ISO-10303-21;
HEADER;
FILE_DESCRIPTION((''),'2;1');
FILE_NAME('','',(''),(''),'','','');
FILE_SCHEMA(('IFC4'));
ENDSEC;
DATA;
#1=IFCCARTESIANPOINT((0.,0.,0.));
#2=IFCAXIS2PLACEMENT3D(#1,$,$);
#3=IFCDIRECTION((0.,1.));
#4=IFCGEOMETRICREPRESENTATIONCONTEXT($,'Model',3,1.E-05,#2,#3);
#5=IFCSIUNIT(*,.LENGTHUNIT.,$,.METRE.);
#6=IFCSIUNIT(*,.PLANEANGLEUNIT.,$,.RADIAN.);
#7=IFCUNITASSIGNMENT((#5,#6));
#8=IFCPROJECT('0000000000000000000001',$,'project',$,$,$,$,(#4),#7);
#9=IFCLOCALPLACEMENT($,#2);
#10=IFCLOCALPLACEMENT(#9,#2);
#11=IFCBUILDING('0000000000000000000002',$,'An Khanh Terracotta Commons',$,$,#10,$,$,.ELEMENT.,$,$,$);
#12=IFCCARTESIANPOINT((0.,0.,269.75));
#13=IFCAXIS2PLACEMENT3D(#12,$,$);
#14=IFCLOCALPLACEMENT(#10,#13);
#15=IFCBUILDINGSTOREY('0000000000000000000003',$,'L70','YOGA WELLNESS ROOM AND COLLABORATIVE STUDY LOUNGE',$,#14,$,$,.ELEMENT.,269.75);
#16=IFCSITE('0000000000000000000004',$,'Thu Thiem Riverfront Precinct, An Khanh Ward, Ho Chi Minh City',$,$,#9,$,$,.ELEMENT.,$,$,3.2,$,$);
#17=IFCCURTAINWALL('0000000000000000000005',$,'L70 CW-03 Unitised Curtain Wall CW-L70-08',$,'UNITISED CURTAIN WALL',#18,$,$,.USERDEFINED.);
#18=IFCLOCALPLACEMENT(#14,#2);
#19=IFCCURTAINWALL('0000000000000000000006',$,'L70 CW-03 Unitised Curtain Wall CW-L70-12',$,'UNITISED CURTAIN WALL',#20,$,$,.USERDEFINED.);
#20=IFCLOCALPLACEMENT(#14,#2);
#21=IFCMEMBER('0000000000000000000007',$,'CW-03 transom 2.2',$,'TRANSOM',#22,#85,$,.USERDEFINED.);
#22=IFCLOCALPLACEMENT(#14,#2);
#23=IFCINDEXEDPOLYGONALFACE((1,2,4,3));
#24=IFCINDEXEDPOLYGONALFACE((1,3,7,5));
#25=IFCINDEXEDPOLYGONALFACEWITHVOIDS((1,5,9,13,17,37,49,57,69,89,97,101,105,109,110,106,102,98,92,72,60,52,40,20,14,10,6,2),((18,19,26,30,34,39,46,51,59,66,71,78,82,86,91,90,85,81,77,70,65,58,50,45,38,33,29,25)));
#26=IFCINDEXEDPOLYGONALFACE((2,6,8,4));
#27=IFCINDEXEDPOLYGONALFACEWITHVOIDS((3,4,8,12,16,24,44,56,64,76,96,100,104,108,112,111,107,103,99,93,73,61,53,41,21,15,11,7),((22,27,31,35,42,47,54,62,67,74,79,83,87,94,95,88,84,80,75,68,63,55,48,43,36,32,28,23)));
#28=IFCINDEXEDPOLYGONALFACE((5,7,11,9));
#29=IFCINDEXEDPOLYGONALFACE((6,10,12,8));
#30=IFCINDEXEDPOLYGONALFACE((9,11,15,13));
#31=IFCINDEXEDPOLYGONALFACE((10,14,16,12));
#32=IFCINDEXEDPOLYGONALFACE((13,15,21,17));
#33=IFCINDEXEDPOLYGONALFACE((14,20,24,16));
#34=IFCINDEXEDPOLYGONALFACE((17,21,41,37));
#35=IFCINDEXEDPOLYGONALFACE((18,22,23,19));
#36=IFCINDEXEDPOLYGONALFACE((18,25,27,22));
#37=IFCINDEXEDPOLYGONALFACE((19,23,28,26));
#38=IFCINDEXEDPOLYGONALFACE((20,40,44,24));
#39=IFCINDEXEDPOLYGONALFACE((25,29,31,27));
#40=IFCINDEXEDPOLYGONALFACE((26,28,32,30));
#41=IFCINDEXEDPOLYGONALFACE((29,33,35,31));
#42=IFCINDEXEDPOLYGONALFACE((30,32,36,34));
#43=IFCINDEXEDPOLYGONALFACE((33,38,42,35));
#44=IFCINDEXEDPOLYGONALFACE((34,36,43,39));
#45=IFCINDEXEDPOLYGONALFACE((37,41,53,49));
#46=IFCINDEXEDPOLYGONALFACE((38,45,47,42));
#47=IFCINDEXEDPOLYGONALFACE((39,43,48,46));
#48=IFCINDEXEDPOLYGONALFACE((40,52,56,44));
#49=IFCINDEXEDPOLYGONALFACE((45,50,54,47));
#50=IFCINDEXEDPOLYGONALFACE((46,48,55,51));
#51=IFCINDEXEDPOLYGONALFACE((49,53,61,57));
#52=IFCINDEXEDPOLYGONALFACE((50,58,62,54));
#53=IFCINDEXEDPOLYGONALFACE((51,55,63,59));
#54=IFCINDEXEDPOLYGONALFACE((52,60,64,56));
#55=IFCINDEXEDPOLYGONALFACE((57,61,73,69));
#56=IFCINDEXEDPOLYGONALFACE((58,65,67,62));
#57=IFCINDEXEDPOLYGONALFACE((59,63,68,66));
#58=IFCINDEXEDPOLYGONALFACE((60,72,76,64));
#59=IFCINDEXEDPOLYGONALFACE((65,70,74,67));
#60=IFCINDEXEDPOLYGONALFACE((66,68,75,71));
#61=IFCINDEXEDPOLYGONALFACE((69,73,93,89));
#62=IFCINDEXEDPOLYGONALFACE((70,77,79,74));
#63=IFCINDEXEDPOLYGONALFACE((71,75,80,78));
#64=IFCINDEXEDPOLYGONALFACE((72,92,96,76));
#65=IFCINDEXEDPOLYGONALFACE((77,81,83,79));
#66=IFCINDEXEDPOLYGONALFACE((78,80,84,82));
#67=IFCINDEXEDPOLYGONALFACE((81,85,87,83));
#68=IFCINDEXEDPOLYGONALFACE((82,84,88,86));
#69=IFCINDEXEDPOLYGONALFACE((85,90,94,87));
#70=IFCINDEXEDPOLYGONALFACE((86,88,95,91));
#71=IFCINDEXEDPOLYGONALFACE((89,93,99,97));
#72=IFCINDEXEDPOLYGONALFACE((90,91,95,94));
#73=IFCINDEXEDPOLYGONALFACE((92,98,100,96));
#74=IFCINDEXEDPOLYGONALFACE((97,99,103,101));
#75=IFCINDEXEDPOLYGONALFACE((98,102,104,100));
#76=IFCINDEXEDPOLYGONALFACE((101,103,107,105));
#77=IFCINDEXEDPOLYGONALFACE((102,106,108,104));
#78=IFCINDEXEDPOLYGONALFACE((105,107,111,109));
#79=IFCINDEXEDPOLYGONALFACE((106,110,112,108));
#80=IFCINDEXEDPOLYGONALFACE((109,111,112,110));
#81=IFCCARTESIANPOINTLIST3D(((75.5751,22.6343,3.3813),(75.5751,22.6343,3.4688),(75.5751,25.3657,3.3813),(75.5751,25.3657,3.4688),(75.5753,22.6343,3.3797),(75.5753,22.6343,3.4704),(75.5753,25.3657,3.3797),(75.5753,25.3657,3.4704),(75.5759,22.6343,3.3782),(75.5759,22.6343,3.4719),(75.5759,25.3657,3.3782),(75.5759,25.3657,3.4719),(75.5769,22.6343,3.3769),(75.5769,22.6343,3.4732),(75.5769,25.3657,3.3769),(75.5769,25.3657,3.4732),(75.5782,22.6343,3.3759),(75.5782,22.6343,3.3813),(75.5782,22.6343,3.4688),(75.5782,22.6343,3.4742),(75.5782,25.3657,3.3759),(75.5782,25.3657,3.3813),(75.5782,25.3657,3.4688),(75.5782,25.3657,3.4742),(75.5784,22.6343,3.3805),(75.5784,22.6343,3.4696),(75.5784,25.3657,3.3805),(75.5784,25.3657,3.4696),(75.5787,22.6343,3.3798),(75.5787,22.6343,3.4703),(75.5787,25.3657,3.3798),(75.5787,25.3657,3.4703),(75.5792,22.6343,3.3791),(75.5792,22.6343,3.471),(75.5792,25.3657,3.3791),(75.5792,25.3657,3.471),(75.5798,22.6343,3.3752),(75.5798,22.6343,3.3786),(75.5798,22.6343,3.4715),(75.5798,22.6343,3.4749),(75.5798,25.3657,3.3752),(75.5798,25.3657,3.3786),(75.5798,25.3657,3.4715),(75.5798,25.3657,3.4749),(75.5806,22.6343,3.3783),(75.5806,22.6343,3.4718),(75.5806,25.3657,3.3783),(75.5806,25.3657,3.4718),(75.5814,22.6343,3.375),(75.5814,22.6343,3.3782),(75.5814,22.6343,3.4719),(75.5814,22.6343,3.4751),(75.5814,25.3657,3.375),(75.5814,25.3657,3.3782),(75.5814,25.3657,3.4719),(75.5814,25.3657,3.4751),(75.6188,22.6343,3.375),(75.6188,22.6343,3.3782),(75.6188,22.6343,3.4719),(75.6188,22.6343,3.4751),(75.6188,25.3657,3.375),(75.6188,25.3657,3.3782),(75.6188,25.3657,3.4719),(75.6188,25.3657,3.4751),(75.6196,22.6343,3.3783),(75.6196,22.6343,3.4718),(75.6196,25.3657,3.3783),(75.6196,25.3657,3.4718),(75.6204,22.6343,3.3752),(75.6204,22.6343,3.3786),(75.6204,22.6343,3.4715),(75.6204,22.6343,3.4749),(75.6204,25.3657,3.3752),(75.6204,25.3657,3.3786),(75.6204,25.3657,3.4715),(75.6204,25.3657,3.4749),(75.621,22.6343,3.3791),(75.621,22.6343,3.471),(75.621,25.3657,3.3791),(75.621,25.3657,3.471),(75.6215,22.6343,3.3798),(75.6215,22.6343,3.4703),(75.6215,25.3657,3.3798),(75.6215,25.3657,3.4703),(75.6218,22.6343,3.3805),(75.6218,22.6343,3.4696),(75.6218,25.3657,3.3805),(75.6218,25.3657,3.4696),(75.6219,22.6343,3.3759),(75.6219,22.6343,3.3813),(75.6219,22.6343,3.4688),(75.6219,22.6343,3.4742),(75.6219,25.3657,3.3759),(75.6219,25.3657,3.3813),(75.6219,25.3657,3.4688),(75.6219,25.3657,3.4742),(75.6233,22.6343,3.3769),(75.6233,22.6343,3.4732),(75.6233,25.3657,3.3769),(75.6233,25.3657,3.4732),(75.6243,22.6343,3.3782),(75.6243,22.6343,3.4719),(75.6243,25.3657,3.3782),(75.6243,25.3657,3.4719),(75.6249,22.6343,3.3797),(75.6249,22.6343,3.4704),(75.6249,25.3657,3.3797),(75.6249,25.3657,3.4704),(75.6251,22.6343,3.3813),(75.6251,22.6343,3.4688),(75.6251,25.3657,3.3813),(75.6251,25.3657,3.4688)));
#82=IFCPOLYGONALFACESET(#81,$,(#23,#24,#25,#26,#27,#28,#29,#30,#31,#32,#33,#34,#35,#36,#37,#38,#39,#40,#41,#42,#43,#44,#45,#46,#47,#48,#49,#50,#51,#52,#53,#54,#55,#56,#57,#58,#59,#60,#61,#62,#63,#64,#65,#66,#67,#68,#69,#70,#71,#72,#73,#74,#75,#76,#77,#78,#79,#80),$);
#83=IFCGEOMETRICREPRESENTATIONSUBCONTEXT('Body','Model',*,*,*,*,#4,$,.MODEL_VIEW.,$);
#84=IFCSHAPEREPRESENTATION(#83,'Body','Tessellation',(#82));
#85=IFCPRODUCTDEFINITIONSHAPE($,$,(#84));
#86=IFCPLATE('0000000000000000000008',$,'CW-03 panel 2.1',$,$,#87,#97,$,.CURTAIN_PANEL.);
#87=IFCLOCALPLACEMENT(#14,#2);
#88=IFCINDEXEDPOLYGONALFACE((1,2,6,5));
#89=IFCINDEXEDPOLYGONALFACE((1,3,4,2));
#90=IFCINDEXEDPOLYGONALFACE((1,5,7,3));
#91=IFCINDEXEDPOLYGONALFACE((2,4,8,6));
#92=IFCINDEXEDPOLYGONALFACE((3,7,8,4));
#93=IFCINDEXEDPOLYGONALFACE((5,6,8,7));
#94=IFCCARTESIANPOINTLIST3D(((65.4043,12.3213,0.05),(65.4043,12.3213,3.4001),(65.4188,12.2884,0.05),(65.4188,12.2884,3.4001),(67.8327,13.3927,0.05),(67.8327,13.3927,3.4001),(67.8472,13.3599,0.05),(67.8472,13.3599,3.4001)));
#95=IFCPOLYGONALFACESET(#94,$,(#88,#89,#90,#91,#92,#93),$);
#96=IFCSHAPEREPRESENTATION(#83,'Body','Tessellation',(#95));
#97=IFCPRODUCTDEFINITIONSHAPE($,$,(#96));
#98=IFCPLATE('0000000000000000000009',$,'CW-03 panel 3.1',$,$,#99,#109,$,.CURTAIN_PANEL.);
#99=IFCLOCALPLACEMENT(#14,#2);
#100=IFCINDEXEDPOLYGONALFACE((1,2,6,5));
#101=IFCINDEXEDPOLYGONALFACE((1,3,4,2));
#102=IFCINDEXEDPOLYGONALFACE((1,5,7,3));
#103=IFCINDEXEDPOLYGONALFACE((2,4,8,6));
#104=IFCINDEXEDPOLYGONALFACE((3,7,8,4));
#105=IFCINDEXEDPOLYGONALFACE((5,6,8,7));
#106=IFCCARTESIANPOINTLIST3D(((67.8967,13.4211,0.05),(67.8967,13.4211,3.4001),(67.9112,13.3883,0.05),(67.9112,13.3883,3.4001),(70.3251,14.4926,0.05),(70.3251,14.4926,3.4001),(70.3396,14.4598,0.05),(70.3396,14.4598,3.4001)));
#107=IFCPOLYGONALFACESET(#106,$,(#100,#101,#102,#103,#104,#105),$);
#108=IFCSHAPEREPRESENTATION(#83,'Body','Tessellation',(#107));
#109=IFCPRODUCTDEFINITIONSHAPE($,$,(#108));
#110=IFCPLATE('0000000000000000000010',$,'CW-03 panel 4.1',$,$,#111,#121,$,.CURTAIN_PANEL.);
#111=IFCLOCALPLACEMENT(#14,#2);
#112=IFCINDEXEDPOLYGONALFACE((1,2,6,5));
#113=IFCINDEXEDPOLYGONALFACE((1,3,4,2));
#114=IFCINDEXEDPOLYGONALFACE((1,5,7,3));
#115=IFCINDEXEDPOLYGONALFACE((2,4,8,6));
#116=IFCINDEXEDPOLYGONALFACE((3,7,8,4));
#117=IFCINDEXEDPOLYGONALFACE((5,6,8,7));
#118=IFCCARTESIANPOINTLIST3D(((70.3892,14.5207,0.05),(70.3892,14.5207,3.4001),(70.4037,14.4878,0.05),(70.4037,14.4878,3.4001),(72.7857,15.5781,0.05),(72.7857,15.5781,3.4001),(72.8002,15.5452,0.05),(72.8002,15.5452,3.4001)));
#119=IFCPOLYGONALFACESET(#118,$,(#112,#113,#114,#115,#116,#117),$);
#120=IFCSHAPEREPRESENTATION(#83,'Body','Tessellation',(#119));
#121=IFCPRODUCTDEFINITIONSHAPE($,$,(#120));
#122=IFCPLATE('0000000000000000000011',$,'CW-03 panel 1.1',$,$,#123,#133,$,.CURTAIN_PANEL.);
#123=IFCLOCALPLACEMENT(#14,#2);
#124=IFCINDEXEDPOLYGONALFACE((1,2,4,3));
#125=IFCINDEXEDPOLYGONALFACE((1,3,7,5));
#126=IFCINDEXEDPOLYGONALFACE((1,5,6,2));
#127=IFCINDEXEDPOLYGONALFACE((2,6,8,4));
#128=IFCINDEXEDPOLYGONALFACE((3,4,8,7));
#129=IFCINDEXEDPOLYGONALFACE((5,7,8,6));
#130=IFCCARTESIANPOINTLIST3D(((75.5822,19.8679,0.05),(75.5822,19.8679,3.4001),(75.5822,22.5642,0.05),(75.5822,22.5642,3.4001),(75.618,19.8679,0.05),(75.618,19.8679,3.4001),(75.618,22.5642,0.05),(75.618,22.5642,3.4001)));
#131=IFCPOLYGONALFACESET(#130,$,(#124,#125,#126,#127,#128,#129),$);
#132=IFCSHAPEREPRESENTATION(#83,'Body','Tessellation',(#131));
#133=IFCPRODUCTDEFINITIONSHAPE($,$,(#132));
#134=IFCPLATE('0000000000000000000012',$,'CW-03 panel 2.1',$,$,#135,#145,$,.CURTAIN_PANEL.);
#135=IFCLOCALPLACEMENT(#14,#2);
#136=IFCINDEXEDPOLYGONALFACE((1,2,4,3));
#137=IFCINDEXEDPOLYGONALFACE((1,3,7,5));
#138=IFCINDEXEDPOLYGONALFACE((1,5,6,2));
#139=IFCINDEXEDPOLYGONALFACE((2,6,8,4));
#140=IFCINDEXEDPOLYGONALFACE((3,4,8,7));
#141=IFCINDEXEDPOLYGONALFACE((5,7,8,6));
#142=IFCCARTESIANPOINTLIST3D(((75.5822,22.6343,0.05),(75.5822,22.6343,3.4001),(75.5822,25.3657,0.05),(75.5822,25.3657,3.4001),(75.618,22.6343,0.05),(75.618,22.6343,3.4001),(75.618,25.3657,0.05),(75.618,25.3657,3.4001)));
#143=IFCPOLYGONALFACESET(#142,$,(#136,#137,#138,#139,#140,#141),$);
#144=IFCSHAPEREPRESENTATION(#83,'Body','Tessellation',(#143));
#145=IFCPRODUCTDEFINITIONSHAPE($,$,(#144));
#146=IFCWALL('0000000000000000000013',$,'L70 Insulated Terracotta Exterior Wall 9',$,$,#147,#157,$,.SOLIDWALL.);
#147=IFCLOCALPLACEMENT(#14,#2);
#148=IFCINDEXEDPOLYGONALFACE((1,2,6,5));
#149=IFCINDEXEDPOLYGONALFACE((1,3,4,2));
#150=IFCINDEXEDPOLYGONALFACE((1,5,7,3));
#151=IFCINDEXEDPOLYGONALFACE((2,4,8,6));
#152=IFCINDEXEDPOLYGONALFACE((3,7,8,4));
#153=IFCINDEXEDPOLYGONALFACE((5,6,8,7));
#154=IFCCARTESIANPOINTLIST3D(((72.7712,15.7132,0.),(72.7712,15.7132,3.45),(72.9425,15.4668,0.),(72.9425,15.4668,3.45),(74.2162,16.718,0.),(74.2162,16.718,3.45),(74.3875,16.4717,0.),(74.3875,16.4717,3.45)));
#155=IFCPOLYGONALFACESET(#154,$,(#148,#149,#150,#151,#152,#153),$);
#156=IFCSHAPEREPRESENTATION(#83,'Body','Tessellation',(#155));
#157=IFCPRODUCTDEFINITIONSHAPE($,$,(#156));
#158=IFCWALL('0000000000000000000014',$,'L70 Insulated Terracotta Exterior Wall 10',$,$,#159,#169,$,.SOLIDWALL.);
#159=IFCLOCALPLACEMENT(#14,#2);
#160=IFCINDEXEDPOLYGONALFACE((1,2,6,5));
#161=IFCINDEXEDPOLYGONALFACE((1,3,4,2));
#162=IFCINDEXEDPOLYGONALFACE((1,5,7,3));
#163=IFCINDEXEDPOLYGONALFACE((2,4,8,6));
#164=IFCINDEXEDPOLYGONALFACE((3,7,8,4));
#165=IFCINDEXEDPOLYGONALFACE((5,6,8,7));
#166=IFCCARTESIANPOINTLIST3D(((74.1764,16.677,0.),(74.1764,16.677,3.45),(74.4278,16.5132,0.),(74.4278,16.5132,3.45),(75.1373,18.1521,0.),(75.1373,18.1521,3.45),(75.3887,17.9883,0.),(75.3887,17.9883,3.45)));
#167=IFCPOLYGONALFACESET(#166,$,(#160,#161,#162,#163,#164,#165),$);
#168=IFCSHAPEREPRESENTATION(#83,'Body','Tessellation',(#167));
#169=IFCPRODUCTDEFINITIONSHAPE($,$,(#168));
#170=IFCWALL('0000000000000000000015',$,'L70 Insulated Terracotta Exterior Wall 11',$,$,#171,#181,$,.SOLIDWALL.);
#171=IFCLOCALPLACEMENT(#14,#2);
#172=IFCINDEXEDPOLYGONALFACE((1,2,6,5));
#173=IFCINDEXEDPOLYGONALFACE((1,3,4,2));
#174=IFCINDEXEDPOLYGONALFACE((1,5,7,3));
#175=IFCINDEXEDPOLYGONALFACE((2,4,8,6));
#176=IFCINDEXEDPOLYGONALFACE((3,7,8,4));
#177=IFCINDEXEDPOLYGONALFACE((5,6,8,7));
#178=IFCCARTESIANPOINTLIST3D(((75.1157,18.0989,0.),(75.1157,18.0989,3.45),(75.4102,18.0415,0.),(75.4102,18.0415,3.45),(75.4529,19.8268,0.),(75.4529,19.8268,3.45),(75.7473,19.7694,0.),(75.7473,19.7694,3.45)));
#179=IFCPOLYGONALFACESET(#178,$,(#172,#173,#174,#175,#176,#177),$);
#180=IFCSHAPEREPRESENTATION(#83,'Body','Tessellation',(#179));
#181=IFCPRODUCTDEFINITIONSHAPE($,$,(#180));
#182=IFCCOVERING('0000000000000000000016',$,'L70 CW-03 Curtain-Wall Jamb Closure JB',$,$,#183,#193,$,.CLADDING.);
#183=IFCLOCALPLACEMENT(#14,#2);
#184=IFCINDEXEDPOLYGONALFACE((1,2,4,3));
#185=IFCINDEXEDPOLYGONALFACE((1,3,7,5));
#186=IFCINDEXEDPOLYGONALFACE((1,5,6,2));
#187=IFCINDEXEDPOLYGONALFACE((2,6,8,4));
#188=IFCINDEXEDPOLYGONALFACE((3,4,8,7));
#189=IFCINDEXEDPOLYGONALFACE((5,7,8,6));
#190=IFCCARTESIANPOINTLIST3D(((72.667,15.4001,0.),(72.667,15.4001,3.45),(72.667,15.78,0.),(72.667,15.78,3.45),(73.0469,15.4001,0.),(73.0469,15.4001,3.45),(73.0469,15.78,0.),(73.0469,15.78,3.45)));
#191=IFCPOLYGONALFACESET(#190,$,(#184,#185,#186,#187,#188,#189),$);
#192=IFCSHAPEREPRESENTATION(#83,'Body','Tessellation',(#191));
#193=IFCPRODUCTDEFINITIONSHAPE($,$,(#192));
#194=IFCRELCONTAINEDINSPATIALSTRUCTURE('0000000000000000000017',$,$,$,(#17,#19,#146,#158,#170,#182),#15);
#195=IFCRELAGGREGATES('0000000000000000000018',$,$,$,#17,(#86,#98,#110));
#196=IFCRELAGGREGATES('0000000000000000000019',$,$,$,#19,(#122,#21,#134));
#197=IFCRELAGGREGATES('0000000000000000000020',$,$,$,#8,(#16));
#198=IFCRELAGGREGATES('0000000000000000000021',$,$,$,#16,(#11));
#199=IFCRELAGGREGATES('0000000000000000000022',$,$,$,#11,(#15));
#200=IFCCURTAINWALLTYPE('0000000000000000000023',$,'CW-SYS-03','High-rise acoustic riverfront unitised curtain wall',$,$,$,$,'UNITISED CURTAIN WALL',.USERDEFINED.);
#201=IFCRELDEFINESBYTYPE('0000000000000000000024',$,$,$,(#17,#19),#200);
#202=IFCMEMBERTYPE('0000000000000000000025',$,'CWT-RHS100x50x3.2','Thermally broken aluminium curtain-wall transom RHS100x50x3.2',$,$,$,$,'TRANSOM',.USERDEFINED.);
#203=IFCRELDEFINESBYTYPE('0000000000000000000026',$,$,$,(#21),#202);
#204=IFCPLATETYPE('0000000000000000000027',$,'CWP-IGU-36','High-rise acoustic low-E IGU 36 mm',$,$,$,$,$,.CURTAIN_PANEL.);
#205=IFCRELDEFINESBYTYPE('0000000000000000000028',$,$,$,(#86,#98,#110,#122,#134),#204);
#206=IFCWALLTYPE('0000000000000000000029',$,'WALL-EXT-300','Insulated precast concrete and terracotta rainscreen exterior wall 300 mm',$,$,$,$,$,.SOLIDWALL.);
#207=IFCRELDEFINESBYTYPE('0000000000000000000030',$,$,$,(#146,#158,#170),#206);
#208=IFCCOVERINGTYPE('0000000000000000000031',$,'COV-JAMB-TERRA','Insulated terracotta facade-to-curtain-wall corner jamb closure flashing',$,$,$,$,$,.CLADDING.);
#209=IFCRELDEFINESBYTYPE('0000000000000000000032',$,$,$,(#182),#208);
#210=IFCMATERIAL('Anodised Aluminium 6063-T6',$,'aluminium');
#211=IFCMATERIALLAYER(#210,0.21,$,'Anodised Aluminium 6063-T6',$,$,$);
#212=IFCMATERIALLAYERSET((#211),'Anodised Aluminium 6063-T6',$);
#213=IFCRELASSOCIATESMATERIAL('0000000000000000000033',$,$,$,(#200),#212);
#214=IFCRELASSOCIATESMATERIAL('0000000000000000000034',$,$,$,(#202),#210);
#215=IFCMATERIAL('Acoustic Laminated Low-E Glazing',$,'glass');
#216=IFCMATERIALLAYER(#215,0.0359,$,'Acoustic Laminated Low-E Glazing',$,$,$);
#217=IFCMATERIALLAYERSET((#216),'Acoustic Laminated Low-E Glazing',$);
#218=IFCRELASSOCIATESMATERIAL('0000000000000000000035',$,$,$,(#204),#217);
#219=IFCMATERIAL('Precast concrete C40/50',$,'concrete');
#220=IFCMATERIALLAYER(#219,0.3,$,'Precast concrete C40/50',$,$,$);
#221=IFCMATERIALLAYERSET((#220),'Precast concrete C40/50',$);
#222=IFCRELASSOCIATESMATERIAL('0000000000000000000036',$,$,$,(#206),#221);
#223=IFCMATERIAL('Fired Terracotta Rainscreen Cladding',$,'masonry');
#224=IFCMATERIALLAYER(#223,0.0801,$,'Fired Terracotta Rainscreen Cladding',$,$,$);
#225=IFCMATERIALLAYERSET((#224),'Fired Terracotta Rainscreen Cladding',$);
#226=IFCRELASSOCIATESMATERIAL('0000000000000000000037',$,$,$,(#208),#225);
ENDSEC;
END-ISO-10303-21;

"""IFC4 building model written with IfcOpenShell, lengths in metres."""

from ifc_helpers import new_model, si_unit, direction, frame, frame_2d, origin, origin_2d, place, context, subcontext, project, spatial, rectangle, hollow_rectangle, extrude, material, layer, layer_set, material_profile, profile_set, type_object, element, aggregate, save


model = new_model("IFC4")

# Units and contexts
model_context = context("Model", 3, precision=1e-05, world=origin(), true_north=direction((0.0, 1.0)))
body_context = subcontext(model_context, "Body", "Model", "MODEL_VIEW")
ifc_project = project(units=[si_unit("LENGTHUNIT", "METRE"), si_unit("PLANEANGLEUNIT", "RADIAN")], contexts=[model_context])

# Site, building, storey
site_placement = place(None, origin())
site = spatial("IfcSite", under=ifc_project, at=site_placement, Name="Thu Thiem Riverfront Precinct, An Khanh Ward, Ho Chi Minh City", CompositionType="ELEMENT", RefElevation=3.2)
building_placement = place(site_placement, origin())
building = spatial("IfcBuilding", under=site, at=building_placement, Name="An Khanh Terracotta Commons", CompositionType="ELEMENT")
storey_placement = place(building_placement, frame((0.0, 0.0, 269.75)))
storey = spatial("IfcBuildingStorey", under=building, at=storey_placement, Name="L70", Description="YOGA WELLNESS ROOM AND COLLABORATIVE STUDY LOUNGE", CompositionType="ELEMENT", Elevation=269.75)

# Curtain walls
ifc_material_1 = material(Name="Anodised Aluminium 6063-T6", Category="aluminium")
ifc_layer_1 = layer(ifc_material_1, 0.21, Name="Anodised Aluminium 6063-T6")
ifc_layer_set_1 = layer_set([ifc_layer_1], Name="Anodised Aluminium 6063-T6")
curtain_wall_type = type_object("IfcCurtainWallType", Name="CW-SYS-03", Description="High-rise acoustic riverfront unitised curtain wall", ElementType="UNITISED CURTAIN WALL", PredefinedType="USERDEFINED", material=ifc_layer_set_1)
curtain_wall_1_placement = place(storey_placement, origin())
curtain_wall_1 = element("IfcCurtainWall", 1, at=curtain_wall_1_placement, inside=storey, type_object=curtain_wall_type, Name="L70 CW-03 Unitised Curtain Wall CW-L70-08", ObjectType="UNITISED CURTAIN WALL", PredefinedType="USERDEFINED")
curtain_wall_2_placement = place(storey_placement, origin())
curtain_wall_2 = element("IfcCurtainWall", 2, at=curtain_wall_2_placement, inside=storey, type_object=curtain_wall_type, Name="L70 CW-03 Unitised Curtain Wall CW-L70-12", ObjectType="UNITISED CURTAIN WALL", PredefinedType="USERDEFINED")

# Member
ifc_material_profile_1 = material_profile(ifc_material_1, hollow_rectangle(XDim=0.05, YDim=0.1001, WallThickness=0.0032, InnerFilletRadius=0.0032, OuterFilletRadius=0.0063, at=origin_2d()), Name="RHS100x50x3.2")
ifc_profile_set_1 = profile_set([ifc_material_profile_1], Name="Anodised Aluminium 6063-T6")
member_type_1 = type_object("IfcMemberType", Name="CWT-RHS100x50x3.2", Description="Thermally broken aluminium curtain-wall transom RHS100x50x3.2", ElementType="TRANSOM", PredefinedType="USERDEFINED", material=ifc_profile_set_1)
member_1_placement = place(storey_placement, frame((75.6001, 22.6343, 3.425), z_axis=(0.0, 1.0, 0.0), x_axis=(-1.0, 0.0, 0.0)))
member_1 = element("IfcMember", 3, at=member_1_placement, type_object=member_type_1, Name="CW-03 transom 2.2", ObjectType="TRANSOM", PredefinedType="USERDEFINED", context=body_context, shape_type="SweptSolid", body=[
    extrude(hollow_rectangle(XDim=0.05, YDim=0.1001, WallThickness=0.0032, InnerFilletRadius=0.0032, OuterFilletRadius=0.0063, at=origin_2d()), origin(), (0.0, 0.0, 1.0), 2.7314),
])

# Plates
ifc_material_2 = material(Name="Acoustic Laminated Low-E Glazing", Category="glass")
ifc_layer_2 = layer(ifc_material_2, 0.0359, Name="Acoustic Laminated Low-E Glazing")
ifc_layer_set_2 = layer_set([ifc_layer_2], Name="Acoustic Laminated Low-E Glazing")
plate_type = type_object("IfcPlateType", Name="CWP-IGU-36", Description="High-rise acoustic low-E IGU 36 mm", PredefinedType="CURTAIN_PANEL", material=ifc_layer_set_2)
plate_1_placement = place(storey_placement, frame((66.6257, 12.8406, 0.05), z_axis=(0.0, 0.0, 1.0), x_axis=(0.914902, 0.403676, 0.0)))
plate_1 = element("IfcPlate", 4, at=plate_1_placement, type_object=plate_type, Name="CW-03 panel 2.1", PredefinedType="CURTAIN_PANEL", context=body_context, shape_type="SweptSolid", body=[
    extrude(rectangle(XDim=2.6543, YDim=0.0359, at=origin_2d()), origin(), (0.0, 0.0, 1.0), 3.3501),
])
plate_2_placement = place(storey_placement, frame((69.1182, 13.9404, 0.05), z_axis=(0.0, 0.0, 1.0), x_axis=(0.914902, 0.403676, 0.0)))
plate_2 = element("IfcPlate", 5, at=plate_2_placement, type_object=plate_type, Name="CW-03 panel 3.1", PredefinedType="CURTAIN_PANEL", context=body_context, shape_type="SweptSolid", body=[
    extrude(rectangle(XDim=2.6543, YDim=0.0359, at=origin_2d()), origin(), (0.0, 0.0, 1.0), 3.3501),
])
plate_3_placement = place(storey_placement, frame((71.5947, 15.033, 0.05), z_axis=(0.0, 0.0, 1.0), x_axis=(0.914902, 0.403676, 0.0)))
plate_3 = element("IfcPlate", 6, at=plate_3_placement, type_object=plate_type, Name="CW-03 panel 4.1", PredefinedType="CURTAIN_PANEL", context=body_context, shape_type="SweptSolid", body=[
    extrude(rectangle(XDim=2.6194, YDim=0.0359, at=origin_2d()), origin(), (0.0, 0.0, 1.0), 3.3501),
])
aggregate(curtain_wall_1, [plate_1, plate_2, plate_3])
plate_4_placement = place(storey_placement, frame((75.6001, 21.2161, 0.05), z_axis=(0.0, 0.0, 1.0), x_axis=(0.0, 1.0, 0.0)))
plate_4 = element("IfcPlate", 7, at=plate_4_placement, type_object=plate_type, Name="CW-03 panel 1.1", PredefinedType="CURTAIN_PANEL", context=body_context, shape_type="SweptSolid", body=[
    extrude(rectangle(XDim=2.6963, YDim=0.0359, at=origin_2d()), origin(), (0.0, 0.0, 1.0), 3.3501),
])
plate_5_placement = place(storey_placement, frame((75.6001, 24.0, 0.05), z_axis=(0.0, 0.0, 1.0), x_axis=(0.0, 1.0, 0.0)))
plate_5 = element("IfcPlate", 8, at=plate_5_placement, type_object=plate_type, Name="CW-03 panel 2.1", PredefinedType="CURTAIN_PANEL", context=body_context, shape_type="SweptSolid", body=[
    extrude(rectangle(XDim=2.7314, YDim=0.0359, at=origin_2d()), origin(), (0.0, 0.0, 1.0), 3.3501),
])
aggregate(curtain_wall_2, [plate_4, member_1, plate_5])

# Walls
ifc_material_3 = material(Name="Precast concrete C40/50", Category="concrete")
ifc_layer_3 = layer(ifc_material_3, 0.3, Name="Precast concrete C40/50")
ifc_layer_set_3 = layer_set([ifc_layer_3], Name="Precast concrete C40/50")
wall_type = type_object("IfcWallType", Name="WALL-EXT-300", Description="Insulated precast concrete and terracotta rainscreen exterior wall 300 mm", PredefinedType="SOLIDWALL", material=ifc_layer_set_3)
wall_placement = place(storey_placement, frame((72.8569, 15.5901, 0.0), z_axis=(0.0, 0.0, 1.0), x_axis=(0.821007, 0.570918, 0.0)))
element("IfcWall", 9, at=wall_placement, inside=storey, type_object=wall_type, Name="L70 Insulated Terracotta Exterior Wall 9", PredefinedType="SOLIDWALL", context=body_context, shape_type="SweptSolid", body=[
    extrude(rectangle(XDim=1.76, YDim=0.3, at=frame_2d((0.8799, 0.0))), origin(), (0.0, 0.0, 1.0), 3.45),
])
for number, where, z_axis, x_axis, name in (
    (10, (74.302, 16.595, 0.0), (0.0, 0.0, 1.0), (0.545836, 0.837892, 0.0), "L70 Insulated Terracotta Exterior Wall 10"),
    (11, (75.2629, 18.0701, 0.0), (0.0, 0.0, 1.0), (0.191501, 0.981492, 0.0), "L70 Insulated Terracotta Exterior Wall 11"),
):
    element("IfcWall", number, at=place(storey_placement, frame(where, z_axis=z_axis, x_axis=x_axis)), inside=storey, type_object=wall_type, Name=name, PredefinedType="SOLIDWALL", context=body_context, shape_type="SweptSolid", body=[
        extrude(rectangle(XDim=1.7605, YDim=0.3, at=frame_2d((0.8804, 0.0))), origin(), (0.0, 0.0, 1.0), 3.45),
    ])

# Covering
ifc_material_4 = material(Name="Fired Terracotta Rainscreen Cladding", Category="masonry")
ifc_layer_4 = layer(ifc_material_4, 0.0801, Name="Fired Terracotta Rainscreen Cladding")
ifc_layer_set_4 = layer_set([ifc_layer_4], Name="Fired Terracotta Rainscreen Cladding")
covering_type = type_object("IfcCoveringType", Name="COV-JAMB-TERRA", Description="Insulated terracotta facade-to-curtain-wall corner jamb closure flashing", PredefinedType="CLADDING", material=ifc_layer_set_4)
for number, where, z_axis, x_axis, name in (
    (12, (72.8569, 15.5901, 0.0), (0.0, 0.0, 1.0), (1.0, 0.0, 0.0), "L70 CW-03 Curtain-Wall Jamb Closure JB"),
):
    element("IfcCovering", number, at=place(storey_placement, frame(where, z_axis=z_axis, x_axis=x_axis)), inside=storey, type_object=covering_type, Name=name, PredefinedType="CLADDING", context=body_context, shape_type="SweptSolid", body=[
        extrude(rectangle(XDim=0.3799, YDim=0.3799, at=origin_2d()), origin(), (0.0, 0.0, 1.0), 3.45),
    ])

save(model, "model.ifc")
